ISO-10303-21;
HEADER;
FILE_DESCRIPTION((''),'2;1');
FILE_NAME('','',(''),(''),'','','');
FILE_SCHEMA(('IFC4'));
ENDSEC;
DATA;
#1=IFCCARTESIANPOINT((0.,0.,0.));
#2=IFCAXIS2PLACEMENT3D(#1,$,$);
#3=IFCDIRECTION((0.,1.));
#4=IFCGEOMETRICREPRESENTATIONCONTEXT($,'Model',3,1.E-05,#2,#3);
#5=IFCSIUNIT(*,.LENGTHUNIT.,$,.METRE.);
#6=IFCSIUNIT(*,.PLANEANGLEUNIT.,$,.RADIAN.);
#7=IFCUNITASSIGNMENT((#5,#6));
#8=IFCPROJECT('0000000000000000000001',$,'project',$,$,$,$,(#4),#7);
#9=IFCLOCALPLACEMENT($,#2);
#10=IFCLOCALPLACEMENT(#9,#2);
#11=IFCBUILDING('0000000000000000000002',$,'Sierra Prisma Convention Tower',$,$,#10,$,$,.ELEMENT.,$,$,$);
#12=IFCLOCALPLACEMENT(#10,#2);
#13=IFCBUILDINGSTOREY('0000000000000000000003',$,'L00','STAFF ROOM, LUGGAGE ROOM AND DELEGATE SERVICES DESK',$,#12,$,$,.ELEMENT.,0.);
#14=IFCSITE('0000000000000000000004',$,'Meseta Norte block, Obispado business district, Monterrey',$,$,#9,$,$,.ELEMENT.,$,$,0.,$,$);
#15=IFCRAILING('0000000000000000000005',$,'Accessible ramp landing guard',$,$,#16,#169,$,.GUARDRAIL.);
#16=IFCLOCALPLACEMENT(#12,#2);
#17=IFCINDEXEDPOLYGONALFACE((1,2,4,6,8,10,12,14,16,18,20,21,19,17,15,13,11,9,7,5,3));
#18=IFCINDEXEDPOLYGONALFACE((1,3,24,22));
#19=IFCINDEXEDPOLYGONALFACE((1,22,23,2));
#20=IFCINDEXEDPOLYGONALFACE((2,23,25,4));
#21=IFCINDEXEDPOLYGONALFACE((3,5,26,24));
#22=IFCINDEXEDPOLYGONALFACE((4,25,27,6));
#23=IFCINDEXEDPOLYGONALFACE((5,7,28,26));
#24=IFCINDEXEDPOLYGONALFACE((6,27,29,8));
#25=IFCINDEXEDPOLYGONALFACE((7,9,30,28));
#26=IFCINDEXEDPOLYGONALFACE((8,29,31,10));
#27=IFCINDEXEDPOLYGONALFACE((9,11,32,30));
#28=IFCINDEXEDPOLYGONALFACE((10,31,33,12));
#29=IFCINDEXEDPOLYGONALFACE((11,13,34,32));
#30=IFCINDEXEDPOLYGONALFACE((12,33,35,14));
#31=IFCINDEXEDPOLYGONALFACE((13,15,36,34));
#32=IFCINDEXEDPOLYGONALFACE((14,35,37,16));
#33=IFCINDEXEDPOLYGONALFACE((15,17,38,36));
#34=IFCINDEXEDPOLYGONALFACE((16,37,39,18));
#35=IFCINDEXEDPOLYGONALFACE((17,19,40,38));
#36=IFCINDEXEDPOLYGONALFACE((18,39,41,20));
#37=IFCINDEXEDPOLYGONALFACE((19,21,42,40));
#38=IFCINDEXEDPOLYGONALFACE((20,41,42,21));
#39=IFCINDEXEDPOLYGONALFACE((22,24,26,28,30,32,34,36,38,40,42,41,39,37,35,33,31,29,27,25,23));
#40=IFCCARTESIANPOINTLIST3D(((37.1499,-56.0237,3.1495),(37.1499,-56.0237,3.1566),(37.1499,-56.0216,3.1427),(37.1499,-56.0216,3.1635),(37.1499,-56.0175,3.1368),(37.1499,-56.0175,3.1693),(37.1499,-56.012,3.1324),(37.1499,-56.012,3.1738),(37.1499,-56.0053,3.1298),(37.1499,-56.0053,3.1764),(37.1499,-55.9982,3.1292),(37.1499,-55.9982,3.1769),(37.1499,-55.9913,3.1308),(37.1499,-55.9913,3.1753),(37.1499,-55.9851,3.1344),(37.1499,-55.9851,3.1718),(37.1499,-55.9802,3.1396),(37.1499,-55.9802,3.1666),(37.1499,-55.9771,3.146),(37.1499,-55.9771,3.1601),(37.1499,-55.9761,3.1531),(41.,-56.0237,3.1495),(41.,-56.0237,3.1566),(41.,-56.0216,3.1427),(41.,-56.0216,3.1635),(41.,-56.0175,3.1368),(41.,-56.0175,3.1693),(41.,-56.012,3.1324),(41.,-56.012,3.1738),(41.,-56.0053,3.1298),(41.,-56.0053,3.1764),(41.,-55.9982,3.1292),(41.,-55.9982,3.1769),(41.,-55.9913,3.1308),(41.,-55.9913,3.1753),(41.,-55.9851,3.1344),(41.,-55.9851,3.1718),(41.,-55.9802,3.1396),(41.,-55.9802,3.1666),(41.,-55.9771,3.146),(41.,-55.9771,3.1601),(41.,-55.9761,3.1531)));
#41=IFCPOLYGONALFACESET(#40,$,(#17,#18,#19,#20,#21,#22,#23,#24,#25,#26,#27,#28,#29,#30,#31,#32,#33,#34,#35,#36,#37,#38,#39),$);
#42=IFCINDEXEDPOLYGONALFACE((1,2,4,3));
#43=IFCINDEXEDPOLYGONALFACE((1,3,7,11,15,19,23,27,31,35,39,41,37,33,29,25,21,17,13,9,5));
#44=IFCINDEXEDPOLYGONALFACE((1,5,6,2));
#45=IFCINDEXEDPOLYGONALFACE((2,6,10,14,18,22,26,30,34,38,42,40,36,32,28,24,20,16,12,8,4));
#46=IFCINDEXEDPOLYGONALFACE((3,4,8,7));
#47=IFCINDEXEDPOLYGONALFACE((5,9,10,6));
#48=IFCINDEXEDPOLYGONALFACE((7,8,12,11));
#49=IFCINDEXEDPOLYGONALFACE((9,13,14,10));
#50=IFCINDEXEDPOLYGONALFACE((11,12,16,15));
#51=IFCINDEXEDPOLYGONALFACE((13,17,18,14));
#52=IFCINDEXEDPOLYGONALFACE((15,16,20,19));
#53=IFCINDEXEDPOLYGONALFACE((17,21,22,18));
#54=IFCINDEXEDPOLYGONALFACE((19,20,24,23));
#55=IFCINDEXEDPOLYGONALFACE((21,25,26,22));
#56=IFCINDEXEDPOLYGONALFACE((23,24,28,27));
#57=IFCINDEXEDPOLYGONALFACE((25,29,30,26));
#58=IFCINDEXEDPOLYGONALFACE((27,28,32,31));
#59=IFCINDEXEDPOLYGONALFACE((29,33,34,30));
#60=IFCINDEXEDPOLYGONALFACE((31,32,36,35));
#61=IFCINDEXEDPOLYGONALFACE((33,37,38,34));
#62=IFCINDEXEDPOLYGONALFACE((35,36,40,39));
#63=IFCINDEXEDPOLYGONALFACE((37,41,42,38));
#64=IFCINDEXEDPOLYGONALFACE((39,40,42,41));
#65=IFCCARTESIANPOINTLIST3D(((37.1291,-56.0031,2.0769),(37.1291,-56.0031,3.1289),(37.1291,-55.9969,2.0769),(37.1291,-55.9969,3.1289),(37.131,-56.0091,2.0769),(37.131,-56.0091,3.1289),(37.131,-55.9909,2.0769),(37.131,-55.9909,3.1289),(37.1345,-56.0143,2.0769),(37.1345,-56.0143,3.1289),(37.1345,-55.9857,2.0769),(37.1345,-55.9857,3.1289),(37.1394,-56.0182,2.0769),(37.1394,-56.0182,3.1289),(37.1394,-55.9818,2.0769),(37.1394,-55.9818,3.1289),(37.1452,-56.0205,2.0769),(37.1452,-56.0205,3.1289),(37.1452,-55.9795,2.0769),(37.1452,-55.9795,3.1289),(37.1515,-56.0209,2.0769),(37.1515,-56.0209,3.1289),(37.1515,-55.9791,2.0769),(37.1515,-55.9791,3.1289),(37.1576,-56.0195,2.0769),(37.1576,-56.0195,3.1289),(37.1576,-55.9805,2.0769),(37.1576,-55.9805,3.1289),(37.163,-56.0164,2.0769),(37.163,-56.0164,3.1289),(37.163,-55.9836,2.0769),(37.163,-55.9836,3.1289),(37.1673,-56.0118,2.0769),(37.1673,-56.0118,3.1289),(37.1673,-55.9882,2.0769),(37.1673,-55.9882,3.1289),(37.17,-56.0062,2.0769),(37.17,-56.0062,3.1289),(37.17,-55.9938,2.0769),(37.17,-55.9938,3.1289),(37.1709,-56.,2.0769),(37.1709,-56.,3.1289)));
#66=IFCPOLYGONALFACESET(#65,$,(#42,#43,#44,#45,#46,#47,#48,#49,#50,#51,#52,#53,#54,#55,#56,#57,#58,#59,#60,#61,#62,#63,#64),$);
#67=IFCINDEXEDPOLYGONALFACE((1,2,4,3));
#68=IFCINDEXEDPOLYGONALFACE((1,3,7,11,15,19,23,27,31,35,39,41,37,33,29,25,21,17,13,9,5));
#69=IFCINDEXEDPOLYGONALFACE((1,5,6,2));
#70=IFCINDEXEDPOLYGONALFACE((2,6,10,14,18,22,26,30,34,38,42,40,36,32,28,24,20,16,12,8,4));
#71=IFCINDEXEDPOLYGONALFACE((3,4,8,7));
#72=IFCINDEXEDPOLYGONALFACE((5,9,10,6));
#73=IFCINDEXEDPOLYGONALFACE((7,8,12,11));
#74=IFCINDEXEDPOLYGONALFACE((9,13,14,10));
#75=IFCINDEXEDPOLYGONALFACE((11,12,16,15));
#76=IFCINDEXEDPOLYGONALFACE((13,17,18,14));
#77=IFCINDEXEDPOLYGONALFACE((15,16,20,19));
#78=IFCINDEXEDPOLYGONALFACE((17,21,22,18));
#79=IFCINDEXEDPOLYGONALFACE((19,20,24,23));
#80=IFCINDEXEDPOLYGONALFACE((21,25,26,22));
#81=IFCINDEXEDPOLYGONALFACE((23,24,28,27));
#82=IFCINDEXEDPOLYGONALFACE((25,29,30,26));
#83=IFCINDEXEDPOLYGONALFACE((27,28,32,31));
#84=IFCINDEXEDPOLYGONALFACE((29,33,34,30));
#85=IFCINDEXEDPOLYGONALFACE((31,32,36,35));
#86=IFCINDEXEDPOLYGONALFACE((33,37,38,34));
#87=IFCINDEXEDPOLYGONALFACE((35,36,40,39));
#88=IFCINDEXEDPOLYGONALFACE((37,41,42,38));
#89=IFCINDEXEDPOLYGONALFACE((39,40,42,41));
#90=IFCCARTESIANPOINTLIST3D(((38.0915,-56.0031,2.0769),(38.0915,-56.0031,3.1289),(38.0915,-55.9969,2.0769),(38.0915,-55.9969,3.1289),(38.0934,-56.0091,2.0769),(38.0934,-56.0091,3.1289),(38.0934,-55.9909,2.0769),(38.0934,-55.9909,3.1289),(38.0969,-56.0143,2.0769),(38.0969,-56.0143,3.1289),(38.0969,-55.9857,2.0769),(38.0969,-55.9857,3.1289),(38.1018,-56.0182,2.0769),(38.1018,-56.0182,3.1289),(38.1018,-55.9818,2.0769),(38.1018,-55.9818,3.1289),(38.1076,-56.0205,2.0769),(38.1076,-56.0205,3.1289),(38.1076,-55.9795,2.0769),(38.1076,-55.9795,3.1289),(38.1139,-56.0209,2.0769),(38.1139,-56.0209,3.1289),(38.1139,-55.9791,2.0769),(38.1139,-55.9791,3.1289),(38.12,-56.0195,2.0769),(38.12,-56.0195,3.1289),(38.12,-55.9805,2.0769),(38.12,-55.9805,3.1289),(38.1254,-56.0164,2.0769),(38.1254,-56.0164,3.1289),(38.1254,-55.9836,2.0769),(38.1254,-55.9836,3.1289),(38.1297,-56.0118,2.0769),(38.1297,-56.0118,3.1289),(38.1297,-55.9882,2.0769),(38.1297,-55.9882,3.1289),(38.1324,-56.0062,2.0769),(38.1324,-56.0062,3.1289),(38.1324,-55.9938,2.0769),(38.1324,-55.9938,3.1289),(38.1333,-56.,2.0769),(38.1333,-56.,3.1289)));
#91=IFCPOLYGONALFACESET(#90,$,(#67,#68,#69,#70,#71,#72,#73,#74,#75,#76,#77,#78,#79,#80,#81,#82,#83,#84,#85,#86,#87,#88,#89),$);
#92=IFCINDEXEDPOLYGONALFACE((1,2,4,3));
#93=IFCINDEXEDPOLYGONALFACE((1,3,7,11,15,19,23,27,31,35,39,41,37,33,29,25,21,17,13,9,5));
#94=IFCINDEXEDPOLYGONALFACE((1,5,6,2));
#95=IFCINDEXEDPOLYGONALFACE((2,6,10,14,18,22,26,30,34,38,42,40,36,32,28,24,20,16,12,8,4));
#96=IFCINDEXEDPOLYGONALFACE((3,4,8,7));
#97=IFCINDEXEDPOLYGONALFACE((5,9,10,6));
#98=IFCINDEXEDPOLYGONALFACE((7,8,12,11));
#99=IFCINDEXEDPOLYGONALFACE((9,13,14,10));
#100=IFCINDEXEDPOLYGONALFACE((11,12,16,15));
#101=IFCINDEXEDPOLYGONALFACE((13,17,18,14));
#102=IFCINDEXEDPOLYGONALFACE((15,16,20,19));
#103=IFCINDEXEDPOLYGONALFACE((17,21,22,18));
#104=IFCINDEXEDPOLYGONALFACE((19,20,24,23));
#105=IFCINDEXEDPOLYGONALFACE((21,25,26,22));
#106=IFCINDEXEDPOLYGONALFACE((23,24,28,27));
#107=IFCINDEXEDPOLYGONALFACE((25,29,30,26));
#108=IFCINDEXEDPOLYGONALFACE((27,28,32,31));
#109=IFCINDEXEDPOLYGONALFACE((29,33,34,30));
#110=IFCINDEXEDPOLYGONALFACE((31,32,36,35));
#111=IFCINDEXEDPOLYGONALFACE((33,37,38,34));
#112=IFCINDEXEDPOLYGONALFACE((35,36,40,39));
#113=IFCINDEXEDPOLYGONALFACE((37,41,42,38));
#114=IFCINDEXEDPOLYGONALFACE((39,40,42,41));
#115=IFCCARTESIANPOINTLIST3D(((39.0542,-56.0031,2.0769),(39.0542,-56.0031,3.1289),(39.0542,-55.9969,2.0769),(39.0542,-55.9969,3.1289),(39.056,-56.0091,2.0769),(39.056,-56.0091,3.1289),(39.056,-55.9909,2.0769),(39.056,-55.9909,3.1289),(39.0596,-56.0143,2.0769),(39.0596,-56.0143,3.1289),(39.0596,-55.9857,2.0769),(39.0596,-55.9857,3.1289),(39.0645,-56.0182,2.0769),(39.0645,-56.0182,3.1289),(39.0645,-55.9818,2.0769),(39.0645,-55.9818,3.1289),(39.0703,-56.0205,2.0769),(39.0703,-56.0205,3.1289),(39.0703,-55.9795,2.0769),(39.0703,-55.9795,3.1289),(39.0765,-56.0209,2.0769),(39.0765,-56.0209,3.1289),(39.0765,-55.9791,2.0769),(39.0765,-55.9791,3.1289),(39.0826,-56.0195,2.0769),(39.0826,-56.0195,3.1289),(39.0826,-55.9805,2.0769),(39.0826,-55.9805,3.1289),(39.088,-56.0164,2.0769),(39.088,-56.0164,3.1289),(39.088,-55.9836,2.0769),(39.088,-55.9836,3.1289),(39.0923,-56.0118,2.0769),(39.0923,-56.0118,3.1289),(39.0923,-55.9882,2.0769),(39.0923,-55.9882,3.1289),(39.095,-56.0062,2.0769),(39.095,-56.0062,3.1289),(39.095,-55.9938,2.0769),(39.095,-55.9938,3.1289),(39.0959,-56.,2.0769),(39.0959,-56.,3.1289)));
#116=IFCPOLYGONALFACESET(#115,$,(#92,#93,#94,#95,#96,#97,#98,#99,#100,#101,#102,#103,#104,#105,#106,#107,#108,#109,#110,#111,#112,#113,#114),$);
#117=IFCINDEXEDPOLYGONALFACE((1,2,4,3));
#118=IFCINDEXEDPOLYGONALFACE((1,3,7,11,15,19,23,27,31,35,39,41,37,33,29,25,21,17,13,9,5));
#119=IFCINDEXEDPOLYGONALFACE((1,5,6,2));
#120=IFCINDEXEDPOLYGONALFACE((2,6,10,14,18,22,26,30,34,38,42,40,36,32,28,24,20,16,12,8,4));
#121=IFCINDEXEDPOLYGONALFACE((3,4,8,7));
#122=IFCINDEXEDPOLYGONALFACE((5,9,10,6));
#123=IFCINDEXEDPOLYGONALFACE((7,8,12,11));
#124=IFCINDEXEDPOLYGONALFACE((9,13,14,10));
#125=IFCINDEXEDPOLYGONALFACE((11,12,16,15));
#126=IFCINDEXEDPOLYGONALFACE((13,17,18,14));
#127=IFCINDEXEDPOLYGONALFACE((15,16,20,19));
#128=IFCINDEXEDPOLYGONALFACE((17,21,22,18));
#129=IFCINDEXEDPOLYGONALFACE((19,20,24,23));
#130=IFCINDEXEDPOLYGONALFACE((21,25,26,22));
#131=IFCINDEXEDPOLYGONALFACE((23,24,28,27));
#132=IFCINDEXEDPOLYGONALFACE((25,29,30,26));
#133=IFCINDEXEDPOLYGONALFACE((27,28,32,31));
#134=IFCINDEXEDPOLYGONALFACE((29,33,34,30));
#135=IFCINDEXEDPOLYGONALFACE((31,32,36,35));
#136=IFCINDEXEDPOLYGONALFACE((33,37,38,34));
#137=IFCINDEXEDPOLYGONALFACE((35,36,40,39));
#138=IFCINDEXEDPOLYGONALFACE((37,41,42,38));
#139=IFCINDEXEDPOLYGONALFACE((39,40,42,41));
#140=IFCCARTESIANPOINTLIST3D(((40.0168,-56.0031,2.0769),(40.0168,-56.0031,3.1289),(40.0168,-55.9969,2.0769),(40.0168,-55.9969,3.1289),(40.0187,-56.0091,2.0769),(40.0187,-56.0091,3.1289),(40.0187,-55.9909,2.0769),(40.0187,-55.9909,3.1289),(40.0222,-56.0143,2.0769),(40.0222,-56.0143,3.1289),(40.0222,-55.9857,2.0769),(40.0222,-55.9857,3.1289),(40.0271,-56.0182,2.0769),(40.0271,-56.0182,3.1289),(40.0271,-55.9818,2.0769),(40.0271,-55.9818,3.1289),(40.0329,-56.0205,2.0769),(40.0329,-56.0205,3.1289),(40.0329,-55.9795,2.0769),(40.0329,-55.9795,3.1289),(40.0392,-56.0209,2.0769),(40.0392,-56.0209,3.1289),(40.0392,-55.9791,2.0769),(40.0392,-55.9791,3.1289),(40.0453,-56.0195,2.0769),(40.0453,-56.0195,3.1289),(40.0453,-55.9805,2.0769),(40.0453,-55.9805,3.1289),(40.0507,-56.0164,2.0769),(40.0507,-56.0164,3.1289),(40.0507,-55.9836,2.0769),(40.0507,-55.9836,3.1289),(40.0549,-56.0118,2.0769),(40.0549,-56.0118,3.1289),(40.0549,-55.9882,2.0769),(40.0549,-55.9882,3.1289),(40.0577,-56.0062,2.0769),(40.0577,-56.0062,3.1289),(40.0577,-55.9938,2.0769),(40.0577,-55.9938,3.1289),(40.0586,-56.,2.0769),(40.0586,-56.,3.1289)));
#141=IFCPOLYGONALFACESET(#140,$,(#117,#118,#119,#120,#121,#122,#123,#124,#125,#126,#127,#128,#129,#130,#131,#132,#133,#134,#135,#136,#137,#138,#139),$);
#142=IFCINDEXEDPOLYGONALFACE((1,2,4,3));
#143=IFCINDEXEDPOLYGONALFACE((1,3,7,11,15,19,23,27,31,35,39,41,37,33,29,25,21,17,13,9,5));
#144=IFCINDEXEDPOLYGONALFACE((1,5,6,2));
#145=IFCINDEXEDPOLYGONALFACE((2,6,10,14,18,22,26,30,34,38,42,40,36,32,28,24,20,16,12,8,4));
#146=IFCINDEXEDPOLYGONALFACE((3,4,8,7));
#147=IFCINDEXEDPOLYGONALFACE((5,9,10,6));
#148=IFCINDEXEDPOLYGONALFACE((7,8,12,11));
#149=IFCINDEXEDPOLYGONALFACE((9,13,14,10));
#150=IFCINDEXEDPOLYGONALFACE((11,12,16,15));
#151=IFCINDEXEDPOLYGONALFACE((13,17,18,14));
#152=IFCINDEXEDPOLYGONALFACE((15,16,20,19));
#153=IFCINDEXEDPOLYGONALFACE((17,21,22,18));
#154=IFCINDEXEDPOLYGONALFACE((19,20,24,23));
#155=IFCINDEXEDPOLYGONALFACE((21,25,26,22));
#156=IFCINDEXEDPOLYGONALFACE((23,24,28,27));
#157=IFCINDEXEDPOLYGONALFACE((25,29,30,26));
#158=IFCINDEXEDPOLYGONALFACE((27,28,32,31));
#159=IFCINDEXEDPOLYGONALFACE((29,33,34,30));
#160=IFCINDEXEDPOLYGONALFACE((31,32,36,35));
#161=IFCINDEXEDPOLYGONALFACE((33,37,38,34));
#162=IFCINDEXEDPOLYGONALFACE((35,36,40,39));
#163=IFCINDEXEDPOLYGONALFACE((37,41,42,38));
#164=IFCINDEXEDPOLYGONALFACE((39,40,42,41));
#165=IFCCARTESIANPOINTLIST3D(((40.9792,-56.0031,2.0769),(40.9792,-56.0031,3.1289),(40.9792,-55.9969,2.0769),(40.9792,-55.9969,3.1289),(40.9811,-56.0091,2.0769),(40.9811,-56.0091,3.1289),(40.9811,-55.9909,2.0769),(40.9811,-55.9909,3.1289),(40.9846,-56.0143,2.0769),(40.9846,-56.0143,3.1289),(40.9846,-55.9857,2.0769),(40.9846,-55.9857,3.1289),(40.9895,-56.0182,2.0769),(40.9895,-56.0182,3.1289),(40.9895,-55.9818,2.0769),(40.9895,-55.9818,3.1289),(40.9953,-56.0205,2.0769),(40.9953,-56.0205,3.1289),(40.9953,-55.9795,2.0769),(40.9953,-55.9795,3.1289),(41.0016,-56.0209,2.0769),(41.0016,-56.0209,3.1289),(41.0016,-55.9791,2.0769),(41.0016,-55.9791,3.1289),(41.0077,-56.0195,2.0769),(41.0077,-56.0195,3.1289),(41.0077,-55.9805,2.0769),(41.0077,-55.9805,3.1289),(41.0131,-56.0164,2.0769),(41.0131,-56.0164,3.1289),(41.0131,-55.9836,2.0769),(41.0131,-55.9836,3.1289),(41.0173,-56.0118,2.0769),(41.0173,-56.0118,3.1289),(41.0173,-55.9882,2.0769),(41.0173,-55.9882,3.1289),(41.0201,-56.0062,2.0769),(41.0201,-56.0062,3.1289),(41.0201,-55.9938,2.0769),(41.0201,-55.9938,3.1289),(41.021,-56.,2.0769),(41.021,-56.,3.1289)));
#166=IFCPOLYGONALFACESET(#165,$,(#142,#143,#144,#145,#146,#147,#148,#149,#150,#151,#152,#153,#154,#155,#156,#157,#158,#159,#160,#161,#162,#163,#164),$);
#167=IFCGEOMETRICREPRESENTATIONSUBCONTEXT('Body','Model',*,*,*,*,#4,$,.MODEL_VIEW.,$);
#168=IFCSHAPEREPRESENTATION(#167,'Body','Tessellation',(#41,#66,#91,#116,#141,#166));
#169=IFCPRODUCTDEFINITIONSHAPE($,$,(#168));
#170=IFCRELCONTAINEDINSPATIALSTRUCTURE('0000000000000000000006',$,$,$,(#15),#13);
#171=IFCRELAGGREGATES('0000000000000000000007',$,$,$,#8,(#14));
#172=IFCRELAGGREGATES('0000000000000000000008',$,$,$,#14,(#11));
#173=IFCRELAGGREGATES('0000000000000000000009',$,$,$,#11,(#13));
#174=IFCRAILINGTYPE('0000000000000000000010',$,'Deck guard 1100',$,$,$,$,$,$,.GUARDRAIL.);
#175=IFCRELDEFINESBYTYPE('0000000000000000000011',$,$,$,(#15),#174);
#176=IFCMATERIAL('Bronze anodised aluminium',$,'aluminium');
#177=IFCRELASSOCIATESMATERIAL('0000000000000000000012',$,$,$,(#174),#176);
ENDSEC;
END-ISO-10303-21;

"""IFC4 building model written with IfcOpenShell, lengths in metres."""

from ifc_helpers import new_model, si_unit, direction, frame, origin, origin_2d, place, context, subcontext, project, spatial, circle, extrude, material, type_object, element, save


model = new_model("IFC4")

# Units and contexts
model_context = context("Model", 3, precision=1e-05, world=origin(), true_north=direction((0.0, 1.0)))
body_context = subcontext(model_context, "Body", "Model", "MODEL_VIEW")
ifc_project = project(units=[si_unit("LENGTHUNIT", "METRE"), si_unit("PLANEANGLEUNIT", "RADIAN")], contexts=[model_context])

# Site, building, storey
site_placement = place(None, origin())
site = spatial("IfcSite", under=ifc_project, at=site_placement, Name="Meseta Norte block, Obispado business district, Monterrey", CompositionType="ELEMENT", RefElevation=0.0)
building_placement = place(site_placement, origin())
building = spatial("IfcBuilding", under=site, at=building_placement, Name="Sierra Prisma Convention Tower", CompositionType="ELEMENT")
storey_placement = place(building_placement, origin())
storey = spatial("IfcBuildingStorey", under=building, at=storey_placement, Name="L00", Description="STAFF ROOM, LUGGAGE ROOM AND DELEGATE SERVICES DESK", CompositionType="ELEMENT", Elevation=0.0)

# Railing
ifc_material_1 = material(Name="Bronze anodised aluminium", Category="aluminium")
railing_type = type_object("IfcRailingType", Name="Deck guard 1100", PredefinedType="GUARDRAIL", material=ifc_material_1)
for number, where, name in (
    (1, (37.1499, -56.0, 2.0769), "Accessible ramp landing guard"),
):
    element("IfcRailing", number, at=place(storey_placement, frame(where)), inside=storey, type_object=railing_type, Name=name, PredefinedType="GUARDRAIL", context=body_context, shape_type="SweptSolid", body=[
        extrude(circle(Radius=0.0239, at=origin_2d()), frame((0.0, 0.0, 1.0762), z_axis=(1.0, 0.0, 0.0), x_axis=(0.0, 1.0, 0.0)), (0.0, 0.0, 1.0), 3.8501),
        extrude(circle(Radius=0.021, at=origin_2d()), origin(), (0.0, 0.0, 1.0), 1.052),
        extrude(circle(Radius=0.021, at=origin_2d()), frame((0.9624, 0.0, 0.0)), (0.0, 0.0, 1.0), 1.052),
        extrude(circle(Radius=0.021, at=origin_2d()), frame((1.925, 0.0, 0.0)), (0.0, 0.0, 1.0), 1.052),
        extrude(circle(Radius=0.021, at=origin_2d()), frame((2.8877, 0.0, 0.0)), (0.0, 0.0, 1.0), 1.052),
        extrude(circle(Radius=0.021, at=origin_2d()), frame((3.8501, 0.0, 0.0)), (0.0, 0.0, 1.0), 1.052),
    ])

save(model, "model.ifc")
